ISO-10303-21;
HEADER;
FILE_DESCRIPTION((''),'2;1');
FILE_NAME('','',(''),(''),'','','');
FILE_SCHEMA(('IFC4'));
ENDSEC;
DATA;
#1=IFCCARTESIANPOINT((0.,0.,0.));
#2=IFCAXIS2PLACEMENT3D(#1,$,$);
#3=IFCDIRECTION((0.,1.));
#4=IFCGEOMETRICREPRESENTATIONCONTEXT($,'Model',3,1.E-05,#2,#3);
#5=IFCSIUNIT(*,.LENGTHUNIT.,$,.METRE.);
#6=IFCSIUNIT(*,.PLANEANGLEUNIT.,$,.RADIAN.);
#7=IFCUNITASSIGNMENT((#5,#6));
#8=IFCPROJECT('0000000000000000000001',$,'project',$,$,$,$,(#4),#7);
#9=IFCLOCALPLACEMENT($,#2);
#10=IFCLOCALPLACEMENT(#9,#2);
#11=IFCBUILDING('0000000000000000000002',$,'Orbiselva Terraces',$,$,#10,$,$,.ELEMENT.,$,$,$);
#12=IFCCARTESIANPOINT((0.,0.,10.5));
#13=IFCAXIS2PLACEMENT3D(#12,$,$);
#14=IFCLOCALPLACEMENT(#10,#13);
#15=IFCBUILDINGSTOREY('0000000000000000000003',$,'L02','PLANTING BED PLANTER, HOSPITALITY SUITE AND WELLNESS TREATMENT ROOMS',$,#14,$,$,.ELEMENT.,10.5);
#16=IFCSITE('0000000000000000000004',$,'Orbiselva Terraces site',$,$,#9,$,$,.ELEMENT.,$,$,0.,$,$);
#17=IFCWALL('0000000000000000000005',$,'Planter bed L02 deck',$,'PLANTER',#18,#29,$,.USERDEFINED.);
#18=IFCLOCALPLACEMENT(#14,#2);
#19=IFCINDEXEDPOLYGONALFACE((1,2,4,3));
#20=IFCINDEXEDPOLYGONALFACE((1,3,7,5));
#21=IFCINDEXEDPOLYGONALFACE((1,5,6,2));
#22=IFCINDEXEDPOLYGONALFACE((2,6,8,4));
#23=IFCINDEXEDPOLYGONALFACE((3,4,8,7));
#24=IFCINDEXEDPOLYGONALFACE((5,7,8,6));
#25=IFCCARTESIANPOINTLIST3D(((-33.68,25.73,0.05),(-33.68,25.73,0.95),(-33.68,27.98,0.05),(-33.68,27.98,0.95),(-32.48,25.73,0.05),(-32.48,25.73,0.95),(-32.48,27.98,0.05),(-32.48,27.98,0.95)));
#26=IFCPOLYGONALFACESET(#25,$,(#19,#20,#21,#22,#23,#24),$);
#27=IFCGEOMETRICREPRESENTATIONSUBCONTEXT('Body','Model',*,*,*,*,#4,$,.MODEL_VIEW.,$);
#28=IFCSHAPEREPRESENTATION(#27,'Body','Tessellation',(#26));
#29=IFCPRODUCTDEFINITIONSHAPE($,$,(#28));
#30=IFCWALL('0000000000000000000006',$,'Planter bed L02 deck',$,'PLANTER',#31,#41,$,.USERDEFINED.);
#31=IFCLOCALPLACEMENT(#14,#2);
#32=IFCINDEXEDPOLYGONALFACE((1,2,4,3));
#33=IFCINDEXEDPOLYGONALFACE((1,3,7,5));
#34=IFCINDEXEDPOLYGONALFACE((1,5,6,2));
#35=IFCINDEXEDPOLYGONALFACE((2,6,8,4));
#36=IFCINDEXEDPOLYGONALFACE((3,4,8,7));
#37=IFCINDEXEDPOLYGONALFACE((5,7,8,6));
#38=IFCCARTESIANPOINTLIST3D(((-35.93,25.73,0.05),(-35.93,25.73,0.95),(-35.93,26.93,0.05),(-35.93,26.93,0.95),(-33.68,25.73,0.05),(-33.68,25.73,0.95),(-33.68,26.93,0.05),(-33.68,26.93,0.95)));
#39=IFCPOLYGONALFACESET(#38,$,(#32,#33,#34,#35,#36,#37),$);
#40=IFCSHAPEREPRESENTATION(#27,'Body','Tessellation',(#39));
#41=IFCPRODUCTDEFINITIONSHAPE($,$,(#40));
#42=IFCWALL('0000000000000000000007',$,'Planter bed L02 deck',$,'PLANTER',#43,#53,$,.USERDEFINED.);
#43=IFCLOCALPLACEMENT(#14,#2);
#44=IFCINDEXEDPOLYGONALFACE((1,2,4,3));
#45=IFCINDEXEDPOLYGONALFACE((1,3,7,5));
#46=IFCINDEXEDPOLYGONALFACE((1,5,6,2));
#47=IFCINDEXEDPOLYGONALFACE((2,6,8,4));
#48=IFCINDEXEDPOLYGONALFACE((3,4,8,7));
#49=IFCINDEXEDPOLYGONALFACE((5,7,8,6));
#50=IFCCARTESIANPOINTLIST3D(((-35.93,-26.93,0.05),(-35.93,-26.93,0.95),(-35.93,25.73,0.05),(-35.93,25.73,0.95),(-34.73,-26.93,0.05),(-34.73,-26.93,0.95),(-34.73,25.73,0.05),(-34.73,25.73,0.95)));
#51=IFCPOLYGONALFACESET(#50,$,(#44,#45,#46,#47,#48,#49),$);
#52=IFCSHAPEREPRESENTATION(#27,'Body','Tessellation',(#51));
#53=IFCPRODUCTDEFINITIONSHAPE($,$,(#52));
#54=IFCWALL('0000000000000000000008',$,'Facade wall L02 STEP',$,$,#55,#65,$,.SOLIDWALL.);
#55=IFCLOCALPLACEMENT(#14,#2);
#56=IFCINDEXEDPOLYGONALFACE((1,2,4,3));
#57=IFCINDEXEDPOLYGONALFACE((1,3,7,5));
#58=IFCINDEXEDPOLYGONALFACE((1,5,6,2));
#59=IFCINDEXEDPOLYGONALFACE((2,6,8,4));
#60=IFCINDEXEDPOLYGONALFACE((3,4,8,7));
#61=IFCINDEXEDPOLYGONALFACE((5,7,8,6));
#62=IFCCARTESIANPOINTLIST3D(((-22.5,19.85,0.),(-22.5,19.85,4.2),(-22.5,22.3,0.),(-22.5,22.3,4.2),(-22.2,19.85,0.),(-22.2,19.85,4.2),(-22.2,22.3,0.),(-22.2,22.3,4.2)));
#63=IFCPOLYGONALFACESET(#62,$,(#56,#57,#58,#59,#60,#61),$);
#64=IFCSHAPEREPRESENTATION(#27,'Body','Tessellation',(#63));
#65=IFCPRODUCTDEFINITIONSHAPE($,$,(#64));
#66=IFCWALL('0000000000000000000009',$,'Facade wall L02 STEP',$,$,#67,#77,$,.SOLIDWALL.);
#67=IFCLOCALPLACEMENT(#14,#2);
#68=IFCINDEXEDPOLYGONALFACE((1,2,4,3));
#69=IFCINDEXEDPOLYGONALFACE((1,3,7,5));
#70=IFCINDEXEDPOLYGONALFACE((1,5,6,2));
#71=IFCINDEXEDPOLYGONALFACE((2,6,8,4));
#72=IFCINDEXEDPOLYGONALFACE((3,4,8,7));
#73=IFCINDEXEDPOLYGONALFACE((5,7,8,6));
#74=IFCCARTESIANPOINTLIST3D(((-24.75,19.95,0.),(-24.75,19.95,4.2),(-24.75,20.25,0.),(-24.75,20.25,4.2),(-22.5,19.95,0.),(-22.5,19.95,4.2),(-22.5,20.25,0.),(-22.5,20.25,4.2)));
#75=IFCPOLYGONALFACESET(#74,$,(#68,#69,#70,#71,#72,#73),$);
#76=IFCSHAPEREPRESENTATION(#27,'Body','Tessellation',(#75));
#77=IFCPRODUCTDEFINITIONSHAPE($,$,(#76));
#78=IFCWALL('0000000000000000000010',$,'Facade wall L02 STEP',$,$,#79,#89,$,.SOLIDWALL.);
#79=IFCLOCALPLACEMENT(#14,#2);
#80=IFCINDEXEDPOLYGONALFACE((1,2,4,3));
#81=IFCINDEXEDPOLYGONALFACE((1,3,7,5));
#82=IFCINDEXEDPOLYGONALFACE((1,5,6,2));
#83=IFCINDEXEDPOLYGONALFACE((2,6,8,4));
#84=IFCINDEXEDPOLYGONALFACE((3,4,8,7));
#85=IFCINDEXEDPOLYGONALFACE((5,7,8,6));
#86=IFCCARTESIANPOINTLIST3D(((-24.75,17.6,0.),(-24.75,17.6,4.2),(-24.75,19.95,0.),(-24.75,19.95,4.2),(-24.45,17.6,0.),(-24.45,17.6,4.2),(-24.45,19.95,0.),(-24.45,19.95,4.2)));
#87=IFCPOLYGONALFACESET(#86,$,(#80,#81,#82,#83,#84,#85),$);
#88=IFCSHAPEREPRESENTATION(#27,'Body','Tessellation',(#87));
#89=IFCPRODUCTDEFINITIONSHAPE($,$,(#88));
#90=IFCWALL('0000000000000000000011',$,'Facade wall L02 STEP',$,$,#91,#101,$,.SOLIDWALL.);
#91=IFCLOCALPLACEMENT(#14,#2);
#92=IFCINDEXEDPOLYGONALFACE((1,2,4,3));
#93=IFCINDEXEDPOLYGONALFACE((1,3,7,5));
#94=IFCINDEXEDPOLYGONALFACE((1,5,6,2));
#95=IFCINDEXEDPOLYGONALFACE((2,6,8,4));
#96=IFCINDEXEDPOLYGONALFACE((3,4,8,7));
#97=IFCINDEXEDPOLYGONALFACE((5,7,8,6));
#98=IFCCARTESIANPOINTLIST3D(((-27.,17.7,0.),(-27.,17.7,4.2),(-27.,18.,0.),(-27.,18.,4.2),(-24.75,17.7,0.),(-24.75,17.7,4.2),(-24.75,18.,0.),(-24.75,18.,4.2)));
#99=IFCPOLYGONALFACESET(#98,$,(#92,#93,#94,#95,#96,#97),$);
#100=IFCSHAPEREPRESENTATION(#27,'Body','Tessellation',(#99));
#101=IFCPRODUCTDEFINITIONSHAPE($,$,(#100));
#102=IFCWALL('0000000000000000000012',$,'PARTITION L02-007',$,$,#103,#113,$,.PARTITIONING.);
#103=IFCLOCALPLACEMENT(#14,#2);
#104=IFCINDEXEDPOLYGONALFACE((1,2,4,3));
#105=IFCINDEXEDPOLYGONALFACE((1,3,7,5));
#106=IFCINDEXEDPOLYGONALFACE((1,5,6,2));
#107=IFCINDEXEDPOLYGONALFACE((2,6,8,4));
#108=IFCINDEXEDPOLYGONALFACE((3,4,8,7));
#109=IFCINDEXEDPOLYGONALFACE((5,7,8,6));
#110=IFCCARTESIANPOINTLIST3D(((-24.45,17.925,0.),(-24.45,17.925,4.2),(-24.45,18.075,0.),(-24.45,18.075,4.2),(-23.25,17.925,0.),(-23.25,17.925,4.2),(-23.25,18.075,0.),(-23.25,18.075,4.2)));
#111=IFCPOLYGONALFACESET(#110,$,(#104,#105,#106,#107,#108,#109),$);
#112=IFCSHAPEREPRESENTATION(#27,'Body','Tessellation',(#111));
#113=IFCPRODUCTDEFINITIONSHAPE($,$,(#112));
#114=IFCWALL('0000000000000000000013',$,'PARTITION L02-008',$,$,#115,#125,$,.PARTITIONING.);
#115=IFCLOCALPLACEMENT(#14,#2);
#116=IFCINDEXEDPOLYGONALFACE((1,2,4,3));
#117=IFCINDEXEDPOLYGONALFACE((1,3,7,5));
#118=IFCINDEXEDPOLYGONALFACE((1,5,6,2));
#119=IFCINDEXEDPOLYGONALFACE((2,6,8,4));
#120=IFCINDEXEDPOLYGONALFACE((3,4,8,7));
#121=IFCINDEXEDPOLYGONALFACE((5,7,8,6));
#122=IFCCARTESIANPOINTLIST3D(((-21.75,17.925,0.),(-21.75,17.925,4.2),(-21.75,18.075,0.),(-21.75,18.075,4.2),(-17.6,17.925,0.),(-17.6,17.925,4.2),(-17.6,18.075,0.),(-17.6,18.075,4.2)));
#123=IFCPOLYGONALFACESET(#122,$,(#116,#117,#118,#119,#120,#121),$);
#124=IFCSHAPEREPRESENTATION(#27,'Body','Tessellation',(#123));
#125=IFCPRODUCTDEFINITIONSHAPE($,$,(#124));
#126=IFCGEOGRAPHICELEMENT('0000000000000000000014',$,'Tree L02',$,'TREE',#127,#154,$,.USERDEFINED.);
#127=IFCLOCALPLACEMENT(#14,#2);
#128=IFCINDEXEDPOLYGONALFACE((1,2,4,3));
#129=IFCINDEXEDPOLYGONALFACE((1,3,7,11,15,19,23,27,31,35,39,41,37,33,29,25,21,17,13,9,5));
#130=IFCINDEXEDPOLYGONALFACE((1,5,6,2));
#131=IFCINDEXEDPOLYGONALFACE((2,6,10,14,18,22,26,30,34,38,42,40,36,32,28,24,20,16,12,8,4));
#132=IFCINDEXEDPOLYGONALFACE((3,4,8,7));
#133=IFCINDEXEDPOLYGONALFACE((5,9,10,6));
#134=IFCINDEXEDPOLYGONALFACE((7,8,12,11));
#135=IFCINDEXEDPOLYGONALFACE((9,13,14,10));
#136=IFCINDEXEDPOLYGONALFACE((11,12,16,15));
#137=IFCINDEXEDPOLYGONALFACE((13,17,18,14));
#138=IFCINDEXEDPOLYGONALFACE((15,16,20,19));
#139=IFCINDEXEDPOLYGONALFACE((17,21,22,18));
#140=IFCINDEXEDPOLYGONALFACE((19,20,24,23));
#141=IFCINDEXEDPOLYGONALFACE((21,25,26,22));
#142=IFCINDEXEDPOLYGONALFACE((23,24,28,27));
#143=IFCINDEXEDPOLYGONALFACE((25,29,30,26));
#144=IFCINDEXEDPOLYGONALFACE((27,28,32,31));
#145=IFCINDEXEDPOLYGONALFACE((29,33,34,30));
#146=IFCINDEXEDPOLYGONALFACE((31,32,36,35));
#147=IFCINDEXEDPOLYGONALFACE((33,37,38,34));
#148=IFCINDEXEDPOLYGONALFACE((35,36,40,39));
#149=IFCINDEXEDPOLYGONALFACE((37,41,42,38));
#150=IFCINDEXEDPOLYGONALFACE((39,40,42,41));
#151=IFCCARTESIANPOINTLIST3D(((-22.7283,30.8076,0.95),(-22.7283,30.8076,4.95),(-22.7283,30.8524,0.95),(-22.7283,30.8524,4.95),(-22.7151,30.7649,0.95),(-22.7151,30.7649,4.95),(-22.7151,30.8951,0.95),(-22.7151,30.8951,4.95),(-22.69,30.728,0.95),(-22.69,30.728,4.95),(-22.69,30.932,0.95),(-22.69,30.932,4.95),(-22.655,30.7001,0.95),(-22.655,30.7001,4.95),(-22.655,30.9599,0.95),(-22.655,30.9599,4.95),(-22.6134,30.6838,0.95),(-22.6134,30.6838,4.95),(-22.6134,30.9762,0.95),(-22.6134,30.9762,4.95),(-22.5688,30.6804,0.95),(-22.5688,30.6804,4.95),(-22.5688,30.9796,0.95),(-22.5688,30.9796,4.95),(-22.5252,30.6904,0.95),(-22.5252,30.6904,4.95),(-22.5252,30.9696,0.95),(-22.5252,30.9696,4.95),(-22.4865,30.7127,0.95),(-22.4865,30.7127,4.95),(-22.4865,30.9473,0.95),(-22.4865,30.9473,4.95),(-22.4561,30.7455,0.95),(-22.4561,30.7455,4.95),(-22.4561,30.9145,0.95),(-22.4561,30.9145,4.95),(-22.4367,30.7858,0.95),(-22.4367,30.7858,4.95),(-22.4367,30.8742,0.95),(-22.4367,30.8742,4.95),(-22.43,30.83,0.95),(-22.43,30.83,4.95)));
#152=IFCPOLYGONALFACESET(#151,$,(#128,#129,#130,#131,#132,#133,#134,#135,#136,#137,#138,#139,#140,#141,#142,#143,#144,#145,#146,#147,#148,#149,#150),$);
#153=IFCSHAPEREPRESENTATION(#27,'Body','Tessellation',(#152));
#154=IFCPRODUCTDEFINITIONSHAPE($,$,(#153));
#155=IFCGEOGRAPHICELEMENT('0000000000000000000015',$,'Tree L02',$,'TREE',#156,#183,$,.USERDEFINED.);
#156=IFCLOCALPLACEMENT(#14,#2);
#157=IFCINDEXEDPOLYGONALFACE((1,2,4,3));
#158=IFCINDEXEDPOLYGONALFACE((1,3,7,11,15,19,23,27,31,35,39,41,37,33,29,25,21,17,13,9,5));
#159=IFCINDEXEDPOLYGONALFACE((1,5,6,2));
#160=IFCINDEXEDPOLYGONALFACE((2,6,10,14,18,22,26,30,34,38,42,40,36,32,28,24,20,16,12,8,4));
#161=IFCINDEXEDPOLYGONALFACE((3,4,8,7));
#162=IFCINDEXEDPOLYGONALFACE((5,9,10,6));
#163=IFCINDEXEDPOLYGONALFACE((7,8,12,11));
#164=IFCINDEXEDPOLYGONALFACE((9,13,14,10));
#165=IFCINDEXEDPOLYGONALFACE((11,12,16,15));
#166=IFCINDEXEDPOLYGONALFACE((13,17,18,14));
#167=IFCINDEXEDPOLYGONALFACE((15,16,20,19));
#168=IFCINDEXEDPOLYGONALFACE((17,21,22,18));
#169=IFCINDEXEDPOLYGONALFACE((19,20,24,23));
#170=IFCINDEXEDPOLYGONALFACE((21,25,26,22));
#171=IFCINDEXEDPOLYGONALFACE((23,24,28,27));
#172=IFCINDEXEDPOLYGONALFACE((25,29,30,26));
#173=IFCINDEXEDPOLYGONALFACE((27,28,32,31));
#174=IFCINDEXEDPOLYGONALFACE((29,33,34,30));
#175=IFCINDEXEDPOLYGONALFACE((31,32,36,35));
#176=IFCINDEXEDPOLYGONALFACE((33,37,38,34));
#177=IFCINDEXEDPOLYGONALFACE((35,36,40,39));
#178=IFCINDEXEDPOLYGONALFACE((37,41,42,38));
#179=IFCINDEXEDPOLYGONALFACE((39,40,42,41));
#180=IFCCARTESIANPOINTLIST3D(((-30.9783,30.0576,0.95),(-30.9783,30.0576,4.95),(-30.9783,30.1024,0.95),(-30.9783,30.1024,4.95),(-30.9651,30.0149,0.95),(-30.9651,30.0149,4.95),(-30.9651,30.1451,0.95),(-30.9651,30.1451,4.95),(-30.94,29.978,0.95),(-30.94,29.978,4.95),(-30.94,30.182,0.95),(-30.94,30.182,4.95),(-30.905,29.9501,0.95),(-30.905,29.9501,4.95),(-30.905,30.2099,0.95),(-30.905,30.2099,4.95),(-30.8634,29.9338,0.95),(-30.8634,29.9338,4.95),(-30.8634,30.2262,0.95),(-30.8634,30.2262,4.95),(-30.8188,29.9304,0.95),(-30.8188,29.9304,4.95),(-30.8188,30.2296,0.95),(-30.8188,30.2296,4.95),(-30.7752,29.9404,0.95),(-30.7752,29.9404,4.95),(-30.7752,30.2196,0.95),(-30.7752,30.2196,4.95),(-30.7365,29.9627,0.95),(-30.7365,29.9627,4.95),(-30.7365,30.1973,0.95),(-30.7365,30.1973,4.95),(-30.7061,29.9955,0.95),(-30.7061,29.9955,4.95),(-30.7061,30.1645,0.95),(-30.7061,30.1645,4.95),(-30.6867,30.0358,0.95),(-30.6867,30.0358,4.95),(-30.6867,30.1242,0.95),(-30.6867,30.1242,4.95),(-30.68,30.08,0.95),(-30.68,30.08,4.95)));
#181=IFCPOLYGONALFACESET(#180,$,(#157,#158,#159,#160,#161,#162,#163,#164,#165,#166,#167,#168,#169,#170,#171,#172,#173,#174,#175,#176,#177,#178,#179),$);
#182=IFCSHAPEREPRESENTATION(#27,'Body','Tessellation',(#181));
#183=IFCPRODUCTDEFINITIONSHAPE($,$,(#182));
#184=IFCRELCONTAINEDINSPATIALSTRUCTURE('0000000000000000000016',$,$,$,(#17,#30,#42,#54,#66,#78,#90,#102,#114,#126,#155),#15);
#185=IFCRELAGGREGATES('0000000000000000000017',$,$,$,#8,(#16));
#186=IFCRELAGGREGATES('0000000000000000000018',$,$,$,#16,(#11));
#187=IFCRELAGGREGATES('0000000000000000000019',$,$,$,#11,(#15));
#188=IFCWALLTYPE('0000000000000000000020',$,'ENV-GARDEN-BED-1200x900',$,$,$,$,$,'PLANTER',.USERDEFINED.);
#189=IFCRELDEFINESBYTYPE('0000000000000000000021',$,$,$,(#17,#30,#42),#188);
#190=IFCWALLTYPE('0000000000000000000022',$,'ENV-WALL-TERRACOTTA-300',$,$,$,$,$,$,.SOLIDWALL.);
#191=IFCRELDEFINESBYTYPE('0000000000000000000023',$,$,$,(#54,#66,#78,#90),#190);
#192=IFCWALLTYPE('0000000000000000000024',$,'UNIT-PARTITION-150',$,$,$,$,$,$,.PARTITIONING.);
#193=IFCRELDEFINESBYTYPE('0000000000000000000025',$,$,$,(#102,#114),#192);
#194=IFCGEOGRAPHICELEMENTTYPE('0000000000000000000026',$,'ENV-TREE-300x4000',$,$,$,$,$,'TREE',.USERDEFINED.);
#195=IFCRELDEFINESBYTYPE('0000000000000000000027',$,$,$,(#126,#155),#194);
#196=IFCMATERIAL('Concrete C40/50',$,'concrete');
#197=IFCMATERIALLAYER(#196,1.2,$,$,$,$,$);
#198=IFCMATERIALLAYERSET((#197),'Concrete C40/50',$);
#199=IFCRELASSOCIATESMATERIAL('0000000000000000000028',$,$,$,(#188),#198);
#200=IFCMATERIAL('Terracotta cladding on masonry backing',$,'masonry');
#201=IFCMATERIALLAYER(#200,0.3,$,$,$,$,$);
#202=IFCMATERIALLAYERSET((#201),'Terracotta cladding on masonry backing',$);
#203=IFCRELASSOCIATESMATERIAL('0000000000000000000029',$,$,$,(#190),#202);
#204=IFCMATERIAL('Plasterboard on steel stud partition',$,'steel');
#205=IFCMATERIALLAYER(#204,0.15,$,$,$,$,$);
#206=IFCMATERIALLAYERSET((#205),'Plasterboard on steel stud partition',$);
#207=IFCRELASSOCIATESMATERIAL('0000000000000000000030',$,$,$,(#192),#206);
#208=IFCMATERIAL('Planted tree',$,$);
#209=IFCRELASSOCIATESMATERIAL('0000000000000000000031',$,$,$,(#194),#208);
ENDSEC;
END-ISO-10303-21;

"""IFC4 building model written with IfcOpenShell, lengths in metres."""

from ifc_helpers import new_model, si_unit, direction, frame, frame_2d, origin, origin_2d, place, context, subcontext, project, spatial, rectangle, circle, extrude, material, layer, layer_set, type_object, element, save


model = new_model("IFC4")

# Units and contexts
model_context = context("Model", 3, precision=1e-05, world=origin(), true_north=direction((0.0, 1.0)))
body_context = subcontext(model_context, "Body", "Model", "MODEL_VIEW")
ifc_project = project(units=[si_unit("LENGTHUNIT", "METRE"), si_unit("PLANEANGLEUNIT", "RADIAN")], contexts=[model_context])

# Site, building, storey
site_placement = place(None, origin())
site = spatial("IfcSite", under=ifc_project, at=site_placement, Name="Orbiselva Terraces site", CompositionType="ELEMENT", RefElevation=0.0)
building_placement = place(site_placement, origin())
building = spatial("IfcBuilding", under=site, at=building_placement, Name="Orbiselva Terraces", CompositionType="ELEMENT")
storey_placement = place(building_placement, frame((0.0, 0.0, 10.5)))
storey = spatial("IfcBuildingStorey", under=building, at=storey_placement, Name="L02", Description="PLANTING BED PLANTER, HOSPITALITY SUITE AND WELLNESS TREATMENT ROOMS", CompositionType="ELEMENT", Elevation=10.5)

# Walls
ifc_material_1 = material(Name="Concrete C40/50", Category="concrete")
ifc_layer_1 = layer(ifc_material_1, 1.2)
ifc_layer_set_1 = layer_set([ifc_layer_1], Name="Concrete C40/50")
wall_type_1 = type_object("IfcWallType", Name="ENV-GARDEN-BED-1200x900", ElementType="PLANTER", PredefinedType="USERDEFINED", material=ifc_layer_set_1)
for number, where, z_axis, x_axis, name in (
    (1, (-33.08, 27.98, 0.05), (0.0, 0.0, 1.0), (0.0, -1.0, 0.0), "Planter bed L02 deck"),
    (2, (-33.68, 26.33, 0.05), (0.0, 0.0, 1.0), (-1.0, 0.0, 0.0), "Planter bed L02 deck"),
):
    element("IfcWall", number, at=place(storey_placement, frame(where, z_axis=z_axis, x_axis=x_axis)), inside=storey, type_object=wall_type_1, Name=name, ObjectType="PLANTER", PredefinedType="USERDEFINED", context=body_context, shape_type="SweptSolid", body=[
        extrude(rectangle(XDim=2.25, YDim=1.2, at=frame_2d((1.125, 0.0))), origin(), (0.0, 0.0, 1.0), 0.9),
    ])
wall_1_placement = place(storey_placement, frame((-35.33, 25.73, 0.05), z_axis=(0.0, 0.0, 1.0), x_axis=(0.0, -1.0, 0.0)))
element("IfcWall", 3, at=wall_1_placement, inside=storey, type_object=wall_type_1, Name="Planter bed L02 deck", ObjectType="PLANTER", PredefinedType="USERDEFINED", context=body_context, shape_type="SweptSolid", body=[
    extrude(rectangle(XDim=52.66, YDim=1.2, at=frame_2d((26.33, 0.0))), origin(), (0.0, 0.0, 1.0), 0.9),
])
ifc_material_2 = material(Name="Terracotta cladding on masonry backing", Category="masonry")
ifc_layer_2 = layer(ifc_material_2, 0.3)
ifc_layer_set_2 = layer_set([ifc_layer_2], Name="Terracotta cladding on masonry backing")
wall_type_2 = type_object("IfcWallType", Name="ENV-WALL-TERRACOTTA-300", PredefinedType="SOLIDWALL", material=ifc_layer_set_2)
wall_2_placement = place(storey_placement, frame((-22.35, 19.85, 0.0), z_axis=(0.0, 0.0, 1.0), x_axis=(0.0, 1.0, 0.0)))
element("IfcWall", 4, at=wall_2_placement, inside=storey, type_object=wall_type_2, Name="Facade wall L02 STEP", PredefinedType="SOLIDWALL", context=body_context, shape_type="SweptSolid", body=[
    extrude(rectangle(XDim=2.45, YDim=0.3, at=frame_2d((1.225, 0.0))), origin(), (0.0, 0.0, 1.0), 4.2),
])
wall_3_placement = place(storey_placement, frame((-24.75, 20.1, 0.0), z_axis=(0.0, 0.0, 1.0), x_axis=(1.0, 0.0, 0.0)))
element("IfcWall", 5, at=wall_3_placement, inside=storey, type_object=wall_type_2, Name="Facade wall L02 STEP", PredefinedType="SOLIDWALL", context=body_context, shape_type="SweptSolid", body=[
    extrude(rectangle(XDim=2.25, YDim=0.3, at=frame_2d((1.125, 0.0))), origin(), (0.0, 0.0, 1.0), 4.2),
])
wall_4_placement = place(storey_placement, frame((-24.6, 17.6, 0.0), z_axis=(0.0, 0.0, 1.0), x_axis=(0.0, 1.0, 0.0)))
element("IfcWall", 6, at=wall_4_placement, inside=storey, type_object=wall_type_2, Name="Facade wall L02 STEP", PredefinedType="SOLIDWALL", context=body_context, shape_type="SweptSolid", body=[
    extrude(rectangle(XDim=2.35, YDim=0.3, at=frame_2d((1.175, 0.0))), origin(), (0.0, 0.0, 1.0), 4.2),
])
wall_5_placement = place(storey_placement, frame((-27.0, 17.85, 0.0), z_axis=(0.0, 0.0, 1.0), x_axis=(1.0, 0.0, 0.0)))
element("IfcWall", 7, at=wall_5_placement, inside=storey, type_object=wall_type_2, Name="Facade wall L02 STEP", PredefinedType="SOLIDWALL", context=body_context, shape_type="SweptSolid", body=[
    extrude(rectangle(XDim=2.25, YDim=0.3, at=frame_2d((1.125, 0.0))), origin(), (0.0, 0.0, 1.0), 4.2),
])
ifc_material_3 = material(Name="Plasterboard on steel stud partition", Category="steel")
ifc_layer_3 = layer(ifc_material_3, 0.15)
ifc_layer_set_3 = layer_set([ifc_layer_3], Name="Plasterboard on steel stud partition")
wall_type_3 = type_object("IfcWallType", Name="UNIT-PARTITION-150", PredefinedType="PARTITIONING", material=ifc_layer_set_3)
wall_6_placement = place(storey_placement, frame((-24.45, 18.0, 0.0), z_axis=(0.0, 0.0, 1.0), x_axis=(1.0, 0.0, 0.0)))
element("IfcWall", 8, at=wall_6_placement, inside=storey, type_object=wall_type_3, Name="PARTITION L02-007", PredefinedType="PARTITIONING", context=body_context, shape_type="SweptSolid", body=[
    extrude(rectangle(XDim=1.2, YDim=0.15, at=frame_2d((0.6, 0.0))), origin(), (0.0, 0.0, 1.0), 4.2),
])
wall_7_placement = place(storey_placement, frame((-21.75, 18.0, 0.0), z_axis=(0.0, 0.0, 1.0), x_axis=(1.0, 0.0, 0.0)))
element("IfcWall", 9, at=wall_7_placement, inside=storey, type_object=wall_type_3, Name="PARTITION L02-008", PredefinedType="PARTITIONING", context=body_context, shape_type="SweptSolid", body=[
    extrude(rectangle(XDim=4.15, YDim=0.15, at=frame_2d((2.075, 0.0))), origin(), (0.0, 0.0, 1.0), 4.2),
])

# Geographic elements
ifc_material_4 = material(Name="Planted tree")
geographic_element_type = type_object("IfcGeographicElementType", Name="ENV-TREE-300x4000", ElementType="TREE", PredefinedType="USERDEFINED", material=ifc_material_4)
for number, where, z_axis, x_axis, name in (
    (10, (-22.58, 30.83, 4.95), (0.0, 0.0, -1.0), (1.0, 0.0, 0.0), "Tree L02"),
    (11, (-30.83, 30.08, 4.95), (0.0, 0.0, -1.0), (1.0, 0.0, 0.0), "Tree L02"),
):
    element("IfcGeographicElement", number, at=place(storey_placement, frame(where, z_axis=z_axis, x_axis=x_axis)), inside=storey, type_object=geographic_element_type, Name=name, ObjectType="TREE", PredefinedType="USERDEFINED", context=body_context, shape_type="SweptSolid", body=[
        extrude(circle(Radius=0.15, at=origin_2d()), origin(), (0.0, 0.0, 1.0), 4.0),
    ])

save(model, "model.ifc")
